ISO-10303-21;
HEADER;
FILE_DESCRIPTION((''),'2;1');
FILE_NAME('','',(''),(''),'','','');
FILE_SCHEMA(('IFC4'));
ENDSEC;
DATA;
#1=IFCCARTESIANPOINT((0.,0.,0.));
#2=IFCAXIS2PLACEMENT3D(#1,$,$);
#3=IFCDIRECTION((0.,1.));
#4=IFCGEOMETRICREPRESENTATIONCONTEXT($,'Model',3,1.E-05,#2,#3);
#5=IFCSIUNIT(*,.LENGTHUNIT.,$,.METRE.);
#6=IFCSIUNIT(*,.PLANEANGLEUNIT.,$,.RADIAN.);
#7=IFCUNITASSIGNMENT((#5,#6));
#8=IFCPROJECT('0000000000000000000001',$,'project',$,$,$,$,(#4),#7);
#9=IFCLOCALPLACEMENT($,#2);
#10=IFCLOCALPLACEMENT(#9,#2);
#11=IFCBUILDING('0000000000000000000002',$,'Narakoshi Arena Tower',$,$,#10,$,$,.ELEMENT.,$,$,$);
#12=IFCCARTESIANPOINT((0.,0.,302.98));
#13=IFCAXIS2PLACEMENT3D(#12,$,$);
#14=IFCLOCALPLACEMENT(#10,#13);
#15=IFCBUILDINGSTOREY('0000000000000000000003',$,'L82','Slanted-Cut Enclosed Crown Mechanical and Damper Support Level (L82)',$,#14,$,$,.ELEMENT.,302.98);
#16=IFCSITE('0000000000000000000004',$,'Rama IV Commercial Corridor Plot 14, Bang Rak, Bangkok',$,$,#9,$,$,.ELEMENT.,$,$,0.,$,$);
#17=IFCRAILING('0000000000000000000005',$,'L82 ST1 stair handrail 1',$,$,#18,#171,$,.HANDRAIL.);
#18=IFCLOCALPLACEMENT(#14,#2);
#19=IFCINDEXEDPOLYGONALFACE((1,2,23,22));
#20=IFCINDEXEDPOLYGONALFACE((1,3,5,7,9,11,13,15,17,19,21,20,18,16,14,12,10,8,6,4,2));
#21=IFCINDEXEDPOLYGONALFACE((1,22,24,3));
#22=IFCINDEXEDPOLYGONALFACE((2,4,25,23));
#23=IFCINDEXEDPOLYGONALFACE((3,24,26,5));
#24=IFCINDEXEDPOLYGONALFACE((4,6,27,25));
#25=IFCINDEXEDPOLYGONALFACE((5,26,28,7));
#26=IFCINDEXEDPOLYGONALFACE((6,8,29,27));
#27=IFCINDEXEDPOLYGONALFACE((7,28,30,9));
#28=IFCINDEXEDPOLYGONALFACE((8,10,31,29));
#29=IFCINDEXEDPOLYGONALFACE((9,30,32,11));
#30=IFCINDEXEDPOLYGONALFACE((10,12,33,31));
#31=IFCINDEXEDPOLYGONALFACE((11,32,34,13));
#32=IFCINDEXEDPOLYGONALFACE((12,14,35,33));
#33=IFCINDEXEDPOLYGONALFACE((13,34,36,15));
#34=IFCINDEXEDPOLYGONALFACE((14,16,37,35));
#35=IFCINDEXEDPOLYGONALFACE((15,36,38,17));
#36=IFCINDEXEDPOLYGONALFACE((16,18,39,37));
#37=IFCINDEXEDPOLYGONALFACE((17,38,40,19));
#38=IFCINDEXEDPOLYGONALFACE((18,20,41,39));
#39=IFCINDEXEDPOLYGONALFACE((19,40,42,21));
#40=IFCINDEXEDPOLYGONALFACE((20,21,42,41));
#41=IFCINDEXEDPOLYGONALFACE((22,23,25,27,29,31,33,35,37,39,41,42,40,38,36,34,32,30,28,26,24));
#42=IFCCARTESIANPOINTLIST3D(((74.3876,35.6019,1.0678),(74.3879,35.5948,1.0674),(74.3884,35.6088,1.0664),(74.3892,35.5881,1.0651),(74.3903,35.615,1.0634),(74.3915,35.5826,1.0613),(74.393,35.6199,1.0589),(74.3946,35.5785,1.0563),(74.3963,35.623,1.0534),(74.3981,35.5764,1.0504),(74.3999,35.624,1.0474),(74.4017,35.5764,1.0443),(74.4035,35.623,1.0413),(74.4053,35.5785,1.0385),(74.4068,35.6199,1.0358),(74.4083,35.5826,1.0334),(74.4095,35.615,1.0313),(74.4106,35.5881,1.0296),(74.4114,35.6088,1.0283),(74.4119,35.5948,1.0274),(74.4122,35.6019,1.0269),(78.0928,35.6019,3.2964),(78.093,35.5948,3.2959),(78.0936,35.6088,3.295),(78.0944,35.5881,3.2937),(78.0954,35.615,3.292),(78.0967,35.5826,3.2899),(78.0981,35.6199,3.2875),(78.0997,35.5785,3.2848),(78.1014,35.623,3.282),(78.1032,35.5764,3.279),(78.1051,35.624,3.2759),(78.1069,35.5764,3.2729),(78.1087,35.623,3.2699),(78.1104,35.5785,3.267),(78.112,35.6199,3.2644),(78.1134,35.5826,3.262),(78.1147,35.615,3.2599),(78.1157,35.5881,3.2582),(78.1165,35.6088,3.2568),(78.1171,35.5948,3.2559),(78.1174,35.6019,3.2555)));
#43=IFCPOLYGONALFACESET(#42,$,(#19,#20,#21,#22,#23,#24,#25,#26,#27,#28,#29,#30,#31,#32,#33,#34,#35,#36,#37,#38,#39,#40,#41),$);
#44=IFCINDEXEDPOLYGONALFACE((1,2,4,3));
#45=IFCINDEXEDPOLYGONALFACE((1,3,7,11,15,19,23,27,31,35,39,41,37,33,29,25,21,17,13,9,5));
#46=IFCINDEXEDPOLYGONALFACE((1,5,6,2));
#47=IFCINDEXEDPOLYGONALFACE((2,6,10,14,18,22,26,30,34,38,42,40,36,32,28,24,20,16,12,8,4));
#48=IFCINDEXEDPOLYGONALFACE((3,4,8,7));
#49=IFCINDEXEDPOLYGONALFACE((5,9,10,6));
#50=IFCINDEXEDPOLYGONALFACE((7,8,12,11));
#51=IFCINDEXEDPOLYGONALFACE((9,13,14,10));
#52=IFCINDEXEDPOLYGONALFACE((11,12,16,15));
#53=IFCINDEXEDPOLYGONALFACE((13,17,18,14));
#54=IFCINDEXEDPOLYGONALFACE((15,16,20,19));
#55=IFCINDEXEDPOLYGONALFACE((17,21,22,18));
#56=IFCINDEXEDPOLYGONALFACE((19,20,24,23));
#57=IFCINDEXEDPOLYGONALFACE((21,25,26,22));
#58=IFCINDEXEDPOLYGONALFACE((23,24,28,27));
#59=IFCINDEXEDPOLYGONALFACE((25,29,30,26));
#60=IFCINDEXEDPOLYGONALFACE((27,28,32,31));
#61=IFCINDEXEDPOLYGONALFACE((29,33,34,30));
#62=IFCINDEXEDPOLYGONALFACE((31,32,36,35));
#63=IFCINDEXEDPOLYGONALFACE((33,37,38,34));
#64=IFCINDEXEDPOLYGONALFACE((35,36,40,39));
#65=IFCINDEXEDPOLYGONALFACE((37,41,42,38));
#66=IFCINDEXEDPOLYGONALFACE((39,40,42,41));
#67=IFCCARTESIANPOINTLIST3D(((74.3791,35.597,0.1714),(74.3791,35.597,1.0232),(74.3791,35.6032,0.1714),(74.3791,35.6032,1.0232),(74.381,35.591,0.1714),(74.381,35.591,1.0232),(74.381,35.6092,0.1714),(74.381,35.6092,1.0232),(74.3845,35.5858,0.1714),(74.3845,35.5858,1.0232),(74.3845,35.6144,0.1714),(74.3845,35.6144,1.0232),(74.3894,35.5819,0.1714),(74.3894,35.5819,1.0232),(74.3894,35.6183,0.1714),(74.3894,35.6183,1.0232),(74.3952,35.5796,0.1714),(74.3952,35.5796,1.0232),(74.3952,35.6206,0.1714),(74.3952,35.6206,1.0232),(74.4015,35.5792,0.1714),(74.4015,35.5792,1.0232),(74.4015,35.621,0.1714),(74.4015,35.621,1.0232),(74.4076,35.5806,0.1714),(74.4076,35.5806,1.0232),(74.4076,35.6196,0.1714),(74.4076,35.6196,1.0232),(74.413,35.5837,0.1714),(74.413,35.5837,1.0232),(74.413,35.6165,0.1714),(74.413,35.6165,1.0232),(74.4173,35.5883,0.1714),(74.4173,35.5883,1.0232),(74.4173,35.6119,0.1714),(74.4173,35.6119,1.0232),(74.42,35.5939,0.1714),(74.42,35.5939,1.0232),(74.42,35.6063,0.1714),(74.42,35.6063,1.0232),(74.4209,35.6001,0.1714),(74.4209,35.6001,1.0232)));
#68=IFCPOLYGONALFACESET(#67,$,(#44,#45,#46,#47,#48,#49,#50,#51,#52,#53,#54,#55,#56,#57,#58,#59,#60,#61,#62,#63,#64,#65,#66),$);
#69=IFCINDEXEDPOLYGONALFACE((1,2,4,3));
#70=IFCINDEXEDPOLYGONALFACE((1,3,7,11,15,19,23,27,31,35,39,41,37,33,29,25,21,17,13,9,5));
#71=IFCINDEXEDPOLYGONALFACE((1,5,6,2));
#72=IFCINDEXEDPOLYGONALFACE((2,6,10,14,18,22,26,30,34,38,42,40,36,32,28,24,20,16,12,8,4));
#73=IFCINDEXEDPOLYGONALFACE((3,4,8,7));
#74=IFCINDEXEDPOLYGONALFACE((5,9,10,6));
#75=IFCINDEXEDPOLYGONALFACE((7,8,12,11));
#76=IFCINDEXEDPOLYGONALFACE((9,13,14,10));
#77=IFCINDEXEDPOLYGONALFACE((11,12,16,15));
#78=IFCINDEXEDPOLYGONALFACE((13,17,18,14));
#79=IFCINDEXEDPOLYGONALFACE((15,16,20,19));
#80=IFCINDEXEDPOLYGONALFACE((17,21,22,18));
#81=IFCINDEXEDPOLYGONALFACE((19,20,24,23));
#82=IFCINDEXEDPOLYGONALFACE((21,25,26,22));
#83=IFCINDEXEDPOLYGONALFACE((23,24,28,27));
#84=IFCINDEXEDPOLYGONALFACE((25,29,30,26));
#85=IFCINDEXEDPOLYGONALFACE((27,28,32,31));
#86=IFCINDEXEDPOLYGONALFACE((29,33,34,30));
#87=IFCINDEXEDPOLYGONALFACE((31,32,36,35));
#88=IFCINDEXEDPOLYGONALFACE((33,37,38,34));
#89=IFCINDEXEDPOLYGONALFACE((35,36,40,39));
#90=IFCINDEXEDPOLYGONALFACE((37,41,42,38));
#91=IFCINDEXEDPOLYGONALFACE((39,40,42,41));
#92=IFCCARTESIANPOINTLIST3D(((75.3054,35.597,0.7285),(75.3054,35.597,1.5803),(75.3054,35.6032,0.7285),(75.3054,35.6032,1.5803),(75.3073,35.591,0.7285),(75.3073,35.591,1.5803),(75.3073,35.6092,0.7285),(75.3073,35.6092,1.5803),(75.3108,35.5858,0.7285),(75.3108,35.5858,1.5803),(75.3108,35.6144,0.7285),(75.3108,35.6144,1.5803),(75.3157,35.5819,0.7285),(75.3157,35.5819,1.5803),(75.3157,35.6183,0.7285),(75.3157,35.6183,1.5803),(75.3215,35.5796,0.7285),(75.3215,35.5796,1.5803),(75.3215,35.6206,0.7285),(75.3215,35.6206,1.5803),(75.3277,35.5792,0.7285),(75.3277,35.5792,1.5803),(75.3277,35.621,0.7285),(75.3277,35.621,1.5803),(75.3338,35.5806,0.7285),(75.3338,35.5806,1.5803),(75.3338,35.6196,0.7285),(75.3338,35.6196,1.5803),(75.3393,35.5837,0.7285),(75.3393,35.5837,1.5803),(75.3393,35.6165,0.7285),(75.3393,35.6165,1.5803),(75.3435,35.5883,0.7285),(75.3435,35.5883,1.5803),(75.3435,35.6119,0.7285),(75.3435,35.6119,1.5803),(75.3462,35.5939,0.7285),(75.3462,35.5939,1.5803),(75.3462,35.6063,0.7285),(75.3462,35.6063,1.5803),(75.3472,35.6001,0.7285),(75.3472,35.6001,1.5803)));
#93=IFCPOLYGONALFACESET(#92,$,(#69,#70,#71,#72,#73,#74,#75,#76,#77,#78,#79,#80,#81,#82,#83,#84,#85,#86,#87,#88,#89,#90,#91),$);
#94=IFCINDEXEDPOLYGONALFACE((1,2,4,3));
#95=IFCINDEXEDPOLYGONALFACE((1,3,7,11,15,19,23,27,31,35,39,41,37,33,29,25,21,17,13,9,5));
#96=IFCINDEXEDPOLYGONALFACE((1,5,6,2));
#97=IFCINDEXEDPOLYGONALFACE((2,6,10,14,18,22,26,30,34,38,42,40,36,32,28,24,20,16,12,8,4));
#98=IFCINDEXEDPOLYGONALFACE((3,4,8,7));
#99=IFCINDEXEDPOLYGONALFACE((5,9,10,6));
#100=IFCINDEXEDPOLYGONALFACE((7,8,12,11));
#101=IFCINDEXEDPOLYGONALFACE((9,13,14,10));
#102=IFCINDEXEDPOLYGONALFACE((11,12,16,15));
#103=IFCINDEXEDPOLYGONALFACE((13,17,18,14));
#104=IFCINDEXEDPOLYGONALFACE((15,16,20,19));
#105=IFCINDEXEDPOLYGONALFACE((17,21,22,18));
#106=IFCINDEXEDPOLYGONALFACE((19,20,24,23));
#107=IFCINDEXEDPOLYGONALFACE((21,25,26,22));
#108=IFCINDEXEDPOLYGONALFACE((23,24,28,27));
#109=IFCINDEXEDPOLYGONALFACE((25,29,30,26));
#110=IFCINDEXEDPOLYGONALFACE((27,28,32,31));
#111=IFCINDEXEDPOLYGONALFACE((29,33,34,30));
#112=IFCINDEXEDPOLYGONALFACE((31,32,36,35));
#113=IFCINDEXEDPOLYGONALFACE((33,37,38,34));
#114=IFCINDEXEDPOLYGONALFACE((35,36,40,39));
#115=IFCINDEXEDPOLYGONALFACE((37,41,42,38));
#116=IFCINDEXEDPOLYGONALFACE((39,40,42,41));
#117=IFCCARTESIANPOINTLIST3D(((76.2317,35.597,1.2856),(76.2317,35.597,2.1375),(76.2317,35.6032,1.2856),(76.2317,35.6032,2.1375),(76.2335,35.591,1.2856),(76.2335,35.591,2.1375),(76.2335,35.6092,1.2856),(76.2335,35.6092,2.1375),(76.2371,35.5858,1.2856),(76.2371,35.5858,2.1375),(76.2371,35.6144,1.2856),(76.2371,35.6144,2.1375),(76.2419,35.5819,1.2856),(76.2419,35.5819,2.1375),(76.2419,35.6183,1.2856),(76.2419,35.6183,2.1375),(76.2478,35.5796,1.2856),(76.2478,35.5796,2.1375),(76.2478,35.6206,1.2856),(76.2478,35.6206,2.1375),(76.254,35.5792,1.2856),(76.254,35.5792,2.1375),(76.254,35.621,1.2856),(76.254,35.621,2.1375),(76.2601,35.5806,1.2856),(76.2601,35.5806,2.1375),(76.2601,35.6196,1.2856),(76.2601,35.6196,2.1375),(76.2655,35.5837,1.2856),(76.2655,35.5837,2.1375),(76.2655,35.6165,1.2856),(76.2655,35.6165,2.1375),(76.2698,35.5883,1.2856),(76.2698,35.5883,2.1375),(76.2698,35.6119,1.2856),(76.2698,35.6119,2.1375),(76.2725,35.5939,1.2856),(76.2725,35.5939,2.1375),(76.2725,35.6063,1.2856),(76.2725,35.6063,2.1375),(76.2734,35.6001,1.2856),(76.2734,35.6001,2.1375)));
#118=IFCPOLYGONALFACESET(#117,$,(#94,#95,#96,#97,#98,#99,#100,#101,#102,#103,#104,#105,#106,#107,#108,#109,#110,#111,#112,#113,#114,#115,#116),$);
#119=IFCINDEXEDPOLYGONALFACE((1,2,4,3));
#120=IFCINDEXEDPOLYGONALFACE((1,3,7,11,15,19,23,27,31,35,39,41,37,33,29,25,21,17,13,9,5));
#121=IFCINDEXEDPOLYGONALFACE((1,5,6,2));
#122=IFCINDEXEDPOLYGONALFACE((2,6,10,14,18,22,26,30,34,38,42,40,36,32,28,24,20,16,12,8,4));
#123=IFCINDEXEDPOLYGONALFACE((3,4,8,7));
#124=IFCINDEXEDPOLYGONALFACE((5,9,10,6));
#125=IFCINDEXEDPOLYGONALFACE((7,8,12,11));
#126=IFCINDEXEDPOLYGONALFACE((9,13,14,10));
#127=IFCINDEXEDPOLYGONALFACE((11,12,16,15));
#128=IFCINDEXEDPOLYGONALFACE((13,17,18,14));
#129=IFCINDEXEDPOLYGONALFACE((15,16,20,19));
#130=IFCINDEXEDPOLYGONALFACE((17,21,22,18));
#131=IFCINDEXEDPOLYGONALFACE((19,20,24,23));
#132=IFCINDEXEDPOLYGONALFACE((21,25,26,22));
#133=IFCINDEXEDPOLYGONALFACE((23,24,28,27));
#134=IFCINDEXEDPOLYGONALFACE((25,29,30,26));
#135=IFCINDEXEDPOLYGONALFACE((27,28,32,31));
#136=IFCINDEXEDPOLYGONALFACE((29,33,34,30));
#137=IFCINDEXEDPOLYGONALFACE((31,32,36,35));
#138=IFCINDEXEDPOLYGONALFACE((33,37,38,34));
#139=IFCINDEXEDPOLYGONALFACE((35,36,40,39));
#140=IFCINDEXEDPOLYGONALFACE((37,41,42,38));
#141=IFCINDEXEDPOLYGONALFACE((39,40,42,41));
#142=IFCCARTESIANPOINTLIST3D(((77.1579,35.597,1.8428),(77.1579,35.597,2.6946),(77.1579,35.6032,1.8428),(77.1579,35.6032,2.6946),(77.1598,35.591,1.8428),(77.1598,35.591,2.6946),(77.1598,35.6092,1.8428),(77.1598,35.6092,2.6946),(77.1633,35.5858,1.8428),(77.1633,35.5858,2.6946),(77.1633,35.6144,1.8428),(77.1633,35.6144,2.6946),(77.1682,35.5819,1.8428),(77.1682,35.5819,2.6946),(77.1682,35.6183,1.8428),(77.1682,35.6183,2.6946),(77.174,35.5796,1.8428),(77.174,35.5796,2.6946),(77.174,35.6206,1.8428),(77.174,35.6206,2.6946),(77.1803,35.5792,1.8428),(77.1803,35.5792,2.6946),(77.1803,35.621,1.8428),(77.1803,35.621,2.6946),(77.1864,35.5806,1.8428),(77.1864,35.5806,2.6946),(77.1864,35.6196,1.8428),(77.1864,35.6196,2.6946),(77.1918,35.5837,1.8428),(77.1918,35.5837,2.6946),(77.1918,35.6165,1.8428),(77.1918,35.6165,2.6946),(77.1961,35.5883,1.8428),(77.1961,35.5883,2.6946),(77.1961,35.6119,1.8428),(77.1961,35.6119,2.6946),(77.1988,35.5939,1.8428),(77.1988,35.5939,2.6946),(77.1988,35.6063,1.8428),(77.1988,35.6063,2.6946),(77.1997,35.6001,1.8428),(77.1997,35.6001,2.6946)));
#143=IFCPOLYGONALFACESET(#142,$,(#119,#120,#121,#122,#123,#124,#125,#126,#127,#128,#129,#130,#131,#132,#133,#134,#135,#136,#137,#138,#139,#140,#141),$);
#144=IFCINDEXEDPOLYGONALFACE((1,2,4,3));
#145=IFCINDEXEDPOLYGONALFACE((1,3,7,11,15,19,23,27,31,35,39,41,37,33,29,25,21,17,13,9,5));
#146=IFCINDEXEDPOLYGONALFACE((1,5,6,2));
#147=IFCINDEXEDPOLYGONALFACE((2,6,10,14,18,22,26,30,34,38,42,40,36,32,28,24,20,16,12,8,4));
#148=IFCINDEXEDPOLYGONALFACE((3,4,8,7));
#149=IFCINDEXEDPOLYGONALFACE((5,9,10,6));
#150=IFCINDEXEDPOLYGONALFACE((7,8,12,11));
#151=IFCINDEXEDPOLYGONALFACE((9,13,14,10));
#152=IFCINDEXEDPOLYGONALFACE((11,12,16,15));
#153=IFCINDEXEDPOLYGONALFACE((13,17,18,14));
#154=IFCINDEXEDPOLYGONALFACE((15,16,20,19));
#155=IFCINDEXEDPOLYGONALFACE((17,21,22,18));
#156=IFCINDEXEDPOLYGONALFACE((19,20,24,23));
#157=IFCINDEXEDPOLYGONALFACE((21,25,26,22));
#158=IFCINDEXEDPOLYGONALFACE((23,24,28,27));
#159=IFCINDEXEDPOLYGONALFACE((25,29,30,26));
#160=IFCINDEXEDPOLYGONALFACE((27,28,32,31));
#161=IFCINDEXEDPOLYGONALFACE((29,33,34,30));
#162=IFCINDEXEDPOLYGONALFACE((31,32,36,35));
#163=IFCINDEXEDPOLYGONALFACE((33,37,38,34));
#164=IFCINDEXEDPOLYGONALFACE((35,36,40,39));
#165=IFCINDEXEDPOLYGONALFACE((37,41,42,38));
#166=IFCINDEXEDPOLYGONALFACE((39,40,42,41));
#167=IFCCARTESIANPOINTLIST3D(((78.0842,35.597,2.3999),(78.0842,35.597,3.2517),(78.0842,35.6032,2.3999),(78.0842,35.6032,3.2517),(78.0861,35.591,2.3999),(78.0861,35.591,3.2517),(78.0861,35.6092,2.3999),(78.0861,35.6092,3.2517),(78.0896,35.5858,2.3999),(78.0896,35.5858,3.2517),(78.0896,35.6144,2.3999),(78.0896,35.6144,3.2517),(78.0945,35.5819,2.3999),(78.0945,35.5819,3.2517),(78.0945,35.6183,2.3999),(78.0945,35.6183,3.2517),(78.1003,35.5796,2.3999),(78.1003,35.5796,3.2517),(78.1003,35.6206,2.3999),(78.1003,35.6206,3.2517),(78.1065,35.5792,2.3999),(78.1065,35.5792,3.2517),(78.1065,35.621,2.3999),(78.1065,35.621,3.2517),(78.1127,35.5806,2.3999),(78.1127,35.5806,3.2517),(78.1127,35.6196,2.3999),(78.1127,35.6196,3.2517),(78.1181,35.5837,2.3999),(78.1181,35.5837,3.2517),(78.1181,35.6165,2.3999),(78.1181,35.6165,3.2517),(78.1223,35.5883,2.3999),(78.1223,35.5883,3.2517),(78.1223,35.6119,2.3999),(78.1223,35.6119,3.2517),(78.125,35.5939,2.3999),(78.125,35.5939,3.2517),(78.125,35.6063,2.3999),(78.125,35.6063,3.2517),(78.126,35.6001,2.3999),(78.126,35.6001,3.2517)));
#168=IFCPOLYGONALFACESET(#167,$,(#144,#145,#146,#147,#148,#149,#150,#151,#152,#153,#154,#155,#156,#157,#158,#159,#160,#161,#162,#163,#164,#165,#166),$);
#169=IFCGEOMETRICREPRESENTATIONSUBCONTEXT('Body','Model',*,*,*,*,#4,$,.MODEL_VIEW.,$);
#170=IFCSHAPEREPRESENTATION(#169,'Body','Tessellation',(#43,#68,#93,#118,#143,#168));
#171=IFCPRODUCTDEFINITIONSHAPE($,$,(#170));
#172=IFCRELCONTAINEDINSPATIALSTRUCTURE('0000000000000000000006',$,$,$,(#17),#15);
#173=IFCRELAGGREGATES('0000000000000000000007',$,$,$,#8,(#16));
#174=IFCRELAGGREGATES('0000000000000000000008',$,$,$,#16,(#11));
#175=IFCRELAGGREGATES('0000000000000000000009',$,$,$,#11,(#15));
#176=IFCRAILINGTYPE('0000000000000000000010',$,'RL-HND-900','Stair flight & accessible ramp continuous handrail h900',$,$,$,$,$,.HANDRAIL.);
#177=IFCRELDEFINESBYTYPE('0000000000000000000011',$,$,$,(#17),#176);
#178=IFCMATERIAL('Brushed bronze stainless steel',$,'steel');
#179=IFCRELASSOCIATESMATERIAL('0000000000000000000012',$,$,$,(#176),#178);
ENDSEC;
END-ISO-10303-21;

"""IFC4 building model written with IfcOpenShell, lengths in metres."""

from ifc_helpers import new_model, si_unit, direction, frame, origin, origin_2d, place, context, subcontext, project, spatial, circle, extrude, material, type_object, element, save


model = new_model("IFC4")

# Units and contexts
model_context = context("Model", 3, precision=1e-05, world=origin(), true_north=direction((0.0, 1.0)))
body_context = subcontext(model_context, "Body", "Model", "MODEL_VIEW")
ifc_project = project(units=[si_unit("LENGTHUNIT", "METRE"), si_unit("PLANEANGLEUNIT", "RADIAN")], contexts=[model_context])

# Site, building, storey
site_placement = place(None, origin())
site = spatial("IfcSite", under=ifc_project, at=site_placement, Name="Rama IV Commercial Corridor Plot 14, Bang Rak, Bangkok", CompositionType="ELEMENT", RefElevation=0.0)
building_placement = place(site_placement, origin())
building = spatial("IfcBuilding", under=site, at=building_placement, Name="Narakoshi Arena Tower", CompositionType="ELEMENT")
storey_placement = place(building_placement, frame((0.0, 0.0, 302.98)))
storey = spatial("IfcBuildingStorey", under=building, at=storey_placement, Name="L82", Description="Slanted-Cut Enclosed Crown Mechanical and Damper Support Level (L82)", CompositionType="ELEMENT", Elevation=302.98)

# Railing
ifc_material_1 = material(Name="Brushed bronze stainless steel", Category="steel")
railing_type_1 = type_object("IfcRailingType", Name="RL-HND-900", Description="Stair flight & accessible ramp continuous handrail h900", PredefinedType="HANDRAIL", material=ifc_material_1)
railing_1_placement = place(storey_placement, frame((74.3999, 35.6001, 0.1714)))
element("IfcRailing", 1, at=railing_1_placement, inside=storey, type_object=railing_type_1, Name="L82 ST1 stair handrail 1", PredefinedType="HANDRAIL", context=body_context, shape_type="SweptSolid", body=[
    extrude(circle(Radius=0.0239, at=origin_2d()), frame((0.0, 0.0, 0.876), z_axis=(0.856934, 0.0, 0.515425), x_axis=(0.0, 1.0, 0.0)), (0.0, 0.0, 1.0), 4.3237),
    extrude(circle(Radius=0.021, at=origin_2d()), origin(), (0.0, 0.0, 1.0), 0.8518),
    extrude(circle(Radius=0.021, at=origin_2d()), frame((0.9263, 0.0, 0.5571)), (0.0, 0.0, 1.0), 0.8518),
    extrude(circle(Radius=0.021, at=origin_2d()), frame((1.8525, 0.0, 1.1143)), (0.0, 0.0, 1.0), 0.8518),
    extrude(circle(Radius=0.021, at=origin_2d()), frame((2.7788, 0.0, 1.6714)), (0.0, 0.0, 1.0), 0.8518),
    extrude(circle(Radius=0.021, at=origin_2d()), frame((3.7051, 0.0, 2.2285)), (0.0, 0.0, 1.0), 0.8518),
])

save(model, "model.ifc")
